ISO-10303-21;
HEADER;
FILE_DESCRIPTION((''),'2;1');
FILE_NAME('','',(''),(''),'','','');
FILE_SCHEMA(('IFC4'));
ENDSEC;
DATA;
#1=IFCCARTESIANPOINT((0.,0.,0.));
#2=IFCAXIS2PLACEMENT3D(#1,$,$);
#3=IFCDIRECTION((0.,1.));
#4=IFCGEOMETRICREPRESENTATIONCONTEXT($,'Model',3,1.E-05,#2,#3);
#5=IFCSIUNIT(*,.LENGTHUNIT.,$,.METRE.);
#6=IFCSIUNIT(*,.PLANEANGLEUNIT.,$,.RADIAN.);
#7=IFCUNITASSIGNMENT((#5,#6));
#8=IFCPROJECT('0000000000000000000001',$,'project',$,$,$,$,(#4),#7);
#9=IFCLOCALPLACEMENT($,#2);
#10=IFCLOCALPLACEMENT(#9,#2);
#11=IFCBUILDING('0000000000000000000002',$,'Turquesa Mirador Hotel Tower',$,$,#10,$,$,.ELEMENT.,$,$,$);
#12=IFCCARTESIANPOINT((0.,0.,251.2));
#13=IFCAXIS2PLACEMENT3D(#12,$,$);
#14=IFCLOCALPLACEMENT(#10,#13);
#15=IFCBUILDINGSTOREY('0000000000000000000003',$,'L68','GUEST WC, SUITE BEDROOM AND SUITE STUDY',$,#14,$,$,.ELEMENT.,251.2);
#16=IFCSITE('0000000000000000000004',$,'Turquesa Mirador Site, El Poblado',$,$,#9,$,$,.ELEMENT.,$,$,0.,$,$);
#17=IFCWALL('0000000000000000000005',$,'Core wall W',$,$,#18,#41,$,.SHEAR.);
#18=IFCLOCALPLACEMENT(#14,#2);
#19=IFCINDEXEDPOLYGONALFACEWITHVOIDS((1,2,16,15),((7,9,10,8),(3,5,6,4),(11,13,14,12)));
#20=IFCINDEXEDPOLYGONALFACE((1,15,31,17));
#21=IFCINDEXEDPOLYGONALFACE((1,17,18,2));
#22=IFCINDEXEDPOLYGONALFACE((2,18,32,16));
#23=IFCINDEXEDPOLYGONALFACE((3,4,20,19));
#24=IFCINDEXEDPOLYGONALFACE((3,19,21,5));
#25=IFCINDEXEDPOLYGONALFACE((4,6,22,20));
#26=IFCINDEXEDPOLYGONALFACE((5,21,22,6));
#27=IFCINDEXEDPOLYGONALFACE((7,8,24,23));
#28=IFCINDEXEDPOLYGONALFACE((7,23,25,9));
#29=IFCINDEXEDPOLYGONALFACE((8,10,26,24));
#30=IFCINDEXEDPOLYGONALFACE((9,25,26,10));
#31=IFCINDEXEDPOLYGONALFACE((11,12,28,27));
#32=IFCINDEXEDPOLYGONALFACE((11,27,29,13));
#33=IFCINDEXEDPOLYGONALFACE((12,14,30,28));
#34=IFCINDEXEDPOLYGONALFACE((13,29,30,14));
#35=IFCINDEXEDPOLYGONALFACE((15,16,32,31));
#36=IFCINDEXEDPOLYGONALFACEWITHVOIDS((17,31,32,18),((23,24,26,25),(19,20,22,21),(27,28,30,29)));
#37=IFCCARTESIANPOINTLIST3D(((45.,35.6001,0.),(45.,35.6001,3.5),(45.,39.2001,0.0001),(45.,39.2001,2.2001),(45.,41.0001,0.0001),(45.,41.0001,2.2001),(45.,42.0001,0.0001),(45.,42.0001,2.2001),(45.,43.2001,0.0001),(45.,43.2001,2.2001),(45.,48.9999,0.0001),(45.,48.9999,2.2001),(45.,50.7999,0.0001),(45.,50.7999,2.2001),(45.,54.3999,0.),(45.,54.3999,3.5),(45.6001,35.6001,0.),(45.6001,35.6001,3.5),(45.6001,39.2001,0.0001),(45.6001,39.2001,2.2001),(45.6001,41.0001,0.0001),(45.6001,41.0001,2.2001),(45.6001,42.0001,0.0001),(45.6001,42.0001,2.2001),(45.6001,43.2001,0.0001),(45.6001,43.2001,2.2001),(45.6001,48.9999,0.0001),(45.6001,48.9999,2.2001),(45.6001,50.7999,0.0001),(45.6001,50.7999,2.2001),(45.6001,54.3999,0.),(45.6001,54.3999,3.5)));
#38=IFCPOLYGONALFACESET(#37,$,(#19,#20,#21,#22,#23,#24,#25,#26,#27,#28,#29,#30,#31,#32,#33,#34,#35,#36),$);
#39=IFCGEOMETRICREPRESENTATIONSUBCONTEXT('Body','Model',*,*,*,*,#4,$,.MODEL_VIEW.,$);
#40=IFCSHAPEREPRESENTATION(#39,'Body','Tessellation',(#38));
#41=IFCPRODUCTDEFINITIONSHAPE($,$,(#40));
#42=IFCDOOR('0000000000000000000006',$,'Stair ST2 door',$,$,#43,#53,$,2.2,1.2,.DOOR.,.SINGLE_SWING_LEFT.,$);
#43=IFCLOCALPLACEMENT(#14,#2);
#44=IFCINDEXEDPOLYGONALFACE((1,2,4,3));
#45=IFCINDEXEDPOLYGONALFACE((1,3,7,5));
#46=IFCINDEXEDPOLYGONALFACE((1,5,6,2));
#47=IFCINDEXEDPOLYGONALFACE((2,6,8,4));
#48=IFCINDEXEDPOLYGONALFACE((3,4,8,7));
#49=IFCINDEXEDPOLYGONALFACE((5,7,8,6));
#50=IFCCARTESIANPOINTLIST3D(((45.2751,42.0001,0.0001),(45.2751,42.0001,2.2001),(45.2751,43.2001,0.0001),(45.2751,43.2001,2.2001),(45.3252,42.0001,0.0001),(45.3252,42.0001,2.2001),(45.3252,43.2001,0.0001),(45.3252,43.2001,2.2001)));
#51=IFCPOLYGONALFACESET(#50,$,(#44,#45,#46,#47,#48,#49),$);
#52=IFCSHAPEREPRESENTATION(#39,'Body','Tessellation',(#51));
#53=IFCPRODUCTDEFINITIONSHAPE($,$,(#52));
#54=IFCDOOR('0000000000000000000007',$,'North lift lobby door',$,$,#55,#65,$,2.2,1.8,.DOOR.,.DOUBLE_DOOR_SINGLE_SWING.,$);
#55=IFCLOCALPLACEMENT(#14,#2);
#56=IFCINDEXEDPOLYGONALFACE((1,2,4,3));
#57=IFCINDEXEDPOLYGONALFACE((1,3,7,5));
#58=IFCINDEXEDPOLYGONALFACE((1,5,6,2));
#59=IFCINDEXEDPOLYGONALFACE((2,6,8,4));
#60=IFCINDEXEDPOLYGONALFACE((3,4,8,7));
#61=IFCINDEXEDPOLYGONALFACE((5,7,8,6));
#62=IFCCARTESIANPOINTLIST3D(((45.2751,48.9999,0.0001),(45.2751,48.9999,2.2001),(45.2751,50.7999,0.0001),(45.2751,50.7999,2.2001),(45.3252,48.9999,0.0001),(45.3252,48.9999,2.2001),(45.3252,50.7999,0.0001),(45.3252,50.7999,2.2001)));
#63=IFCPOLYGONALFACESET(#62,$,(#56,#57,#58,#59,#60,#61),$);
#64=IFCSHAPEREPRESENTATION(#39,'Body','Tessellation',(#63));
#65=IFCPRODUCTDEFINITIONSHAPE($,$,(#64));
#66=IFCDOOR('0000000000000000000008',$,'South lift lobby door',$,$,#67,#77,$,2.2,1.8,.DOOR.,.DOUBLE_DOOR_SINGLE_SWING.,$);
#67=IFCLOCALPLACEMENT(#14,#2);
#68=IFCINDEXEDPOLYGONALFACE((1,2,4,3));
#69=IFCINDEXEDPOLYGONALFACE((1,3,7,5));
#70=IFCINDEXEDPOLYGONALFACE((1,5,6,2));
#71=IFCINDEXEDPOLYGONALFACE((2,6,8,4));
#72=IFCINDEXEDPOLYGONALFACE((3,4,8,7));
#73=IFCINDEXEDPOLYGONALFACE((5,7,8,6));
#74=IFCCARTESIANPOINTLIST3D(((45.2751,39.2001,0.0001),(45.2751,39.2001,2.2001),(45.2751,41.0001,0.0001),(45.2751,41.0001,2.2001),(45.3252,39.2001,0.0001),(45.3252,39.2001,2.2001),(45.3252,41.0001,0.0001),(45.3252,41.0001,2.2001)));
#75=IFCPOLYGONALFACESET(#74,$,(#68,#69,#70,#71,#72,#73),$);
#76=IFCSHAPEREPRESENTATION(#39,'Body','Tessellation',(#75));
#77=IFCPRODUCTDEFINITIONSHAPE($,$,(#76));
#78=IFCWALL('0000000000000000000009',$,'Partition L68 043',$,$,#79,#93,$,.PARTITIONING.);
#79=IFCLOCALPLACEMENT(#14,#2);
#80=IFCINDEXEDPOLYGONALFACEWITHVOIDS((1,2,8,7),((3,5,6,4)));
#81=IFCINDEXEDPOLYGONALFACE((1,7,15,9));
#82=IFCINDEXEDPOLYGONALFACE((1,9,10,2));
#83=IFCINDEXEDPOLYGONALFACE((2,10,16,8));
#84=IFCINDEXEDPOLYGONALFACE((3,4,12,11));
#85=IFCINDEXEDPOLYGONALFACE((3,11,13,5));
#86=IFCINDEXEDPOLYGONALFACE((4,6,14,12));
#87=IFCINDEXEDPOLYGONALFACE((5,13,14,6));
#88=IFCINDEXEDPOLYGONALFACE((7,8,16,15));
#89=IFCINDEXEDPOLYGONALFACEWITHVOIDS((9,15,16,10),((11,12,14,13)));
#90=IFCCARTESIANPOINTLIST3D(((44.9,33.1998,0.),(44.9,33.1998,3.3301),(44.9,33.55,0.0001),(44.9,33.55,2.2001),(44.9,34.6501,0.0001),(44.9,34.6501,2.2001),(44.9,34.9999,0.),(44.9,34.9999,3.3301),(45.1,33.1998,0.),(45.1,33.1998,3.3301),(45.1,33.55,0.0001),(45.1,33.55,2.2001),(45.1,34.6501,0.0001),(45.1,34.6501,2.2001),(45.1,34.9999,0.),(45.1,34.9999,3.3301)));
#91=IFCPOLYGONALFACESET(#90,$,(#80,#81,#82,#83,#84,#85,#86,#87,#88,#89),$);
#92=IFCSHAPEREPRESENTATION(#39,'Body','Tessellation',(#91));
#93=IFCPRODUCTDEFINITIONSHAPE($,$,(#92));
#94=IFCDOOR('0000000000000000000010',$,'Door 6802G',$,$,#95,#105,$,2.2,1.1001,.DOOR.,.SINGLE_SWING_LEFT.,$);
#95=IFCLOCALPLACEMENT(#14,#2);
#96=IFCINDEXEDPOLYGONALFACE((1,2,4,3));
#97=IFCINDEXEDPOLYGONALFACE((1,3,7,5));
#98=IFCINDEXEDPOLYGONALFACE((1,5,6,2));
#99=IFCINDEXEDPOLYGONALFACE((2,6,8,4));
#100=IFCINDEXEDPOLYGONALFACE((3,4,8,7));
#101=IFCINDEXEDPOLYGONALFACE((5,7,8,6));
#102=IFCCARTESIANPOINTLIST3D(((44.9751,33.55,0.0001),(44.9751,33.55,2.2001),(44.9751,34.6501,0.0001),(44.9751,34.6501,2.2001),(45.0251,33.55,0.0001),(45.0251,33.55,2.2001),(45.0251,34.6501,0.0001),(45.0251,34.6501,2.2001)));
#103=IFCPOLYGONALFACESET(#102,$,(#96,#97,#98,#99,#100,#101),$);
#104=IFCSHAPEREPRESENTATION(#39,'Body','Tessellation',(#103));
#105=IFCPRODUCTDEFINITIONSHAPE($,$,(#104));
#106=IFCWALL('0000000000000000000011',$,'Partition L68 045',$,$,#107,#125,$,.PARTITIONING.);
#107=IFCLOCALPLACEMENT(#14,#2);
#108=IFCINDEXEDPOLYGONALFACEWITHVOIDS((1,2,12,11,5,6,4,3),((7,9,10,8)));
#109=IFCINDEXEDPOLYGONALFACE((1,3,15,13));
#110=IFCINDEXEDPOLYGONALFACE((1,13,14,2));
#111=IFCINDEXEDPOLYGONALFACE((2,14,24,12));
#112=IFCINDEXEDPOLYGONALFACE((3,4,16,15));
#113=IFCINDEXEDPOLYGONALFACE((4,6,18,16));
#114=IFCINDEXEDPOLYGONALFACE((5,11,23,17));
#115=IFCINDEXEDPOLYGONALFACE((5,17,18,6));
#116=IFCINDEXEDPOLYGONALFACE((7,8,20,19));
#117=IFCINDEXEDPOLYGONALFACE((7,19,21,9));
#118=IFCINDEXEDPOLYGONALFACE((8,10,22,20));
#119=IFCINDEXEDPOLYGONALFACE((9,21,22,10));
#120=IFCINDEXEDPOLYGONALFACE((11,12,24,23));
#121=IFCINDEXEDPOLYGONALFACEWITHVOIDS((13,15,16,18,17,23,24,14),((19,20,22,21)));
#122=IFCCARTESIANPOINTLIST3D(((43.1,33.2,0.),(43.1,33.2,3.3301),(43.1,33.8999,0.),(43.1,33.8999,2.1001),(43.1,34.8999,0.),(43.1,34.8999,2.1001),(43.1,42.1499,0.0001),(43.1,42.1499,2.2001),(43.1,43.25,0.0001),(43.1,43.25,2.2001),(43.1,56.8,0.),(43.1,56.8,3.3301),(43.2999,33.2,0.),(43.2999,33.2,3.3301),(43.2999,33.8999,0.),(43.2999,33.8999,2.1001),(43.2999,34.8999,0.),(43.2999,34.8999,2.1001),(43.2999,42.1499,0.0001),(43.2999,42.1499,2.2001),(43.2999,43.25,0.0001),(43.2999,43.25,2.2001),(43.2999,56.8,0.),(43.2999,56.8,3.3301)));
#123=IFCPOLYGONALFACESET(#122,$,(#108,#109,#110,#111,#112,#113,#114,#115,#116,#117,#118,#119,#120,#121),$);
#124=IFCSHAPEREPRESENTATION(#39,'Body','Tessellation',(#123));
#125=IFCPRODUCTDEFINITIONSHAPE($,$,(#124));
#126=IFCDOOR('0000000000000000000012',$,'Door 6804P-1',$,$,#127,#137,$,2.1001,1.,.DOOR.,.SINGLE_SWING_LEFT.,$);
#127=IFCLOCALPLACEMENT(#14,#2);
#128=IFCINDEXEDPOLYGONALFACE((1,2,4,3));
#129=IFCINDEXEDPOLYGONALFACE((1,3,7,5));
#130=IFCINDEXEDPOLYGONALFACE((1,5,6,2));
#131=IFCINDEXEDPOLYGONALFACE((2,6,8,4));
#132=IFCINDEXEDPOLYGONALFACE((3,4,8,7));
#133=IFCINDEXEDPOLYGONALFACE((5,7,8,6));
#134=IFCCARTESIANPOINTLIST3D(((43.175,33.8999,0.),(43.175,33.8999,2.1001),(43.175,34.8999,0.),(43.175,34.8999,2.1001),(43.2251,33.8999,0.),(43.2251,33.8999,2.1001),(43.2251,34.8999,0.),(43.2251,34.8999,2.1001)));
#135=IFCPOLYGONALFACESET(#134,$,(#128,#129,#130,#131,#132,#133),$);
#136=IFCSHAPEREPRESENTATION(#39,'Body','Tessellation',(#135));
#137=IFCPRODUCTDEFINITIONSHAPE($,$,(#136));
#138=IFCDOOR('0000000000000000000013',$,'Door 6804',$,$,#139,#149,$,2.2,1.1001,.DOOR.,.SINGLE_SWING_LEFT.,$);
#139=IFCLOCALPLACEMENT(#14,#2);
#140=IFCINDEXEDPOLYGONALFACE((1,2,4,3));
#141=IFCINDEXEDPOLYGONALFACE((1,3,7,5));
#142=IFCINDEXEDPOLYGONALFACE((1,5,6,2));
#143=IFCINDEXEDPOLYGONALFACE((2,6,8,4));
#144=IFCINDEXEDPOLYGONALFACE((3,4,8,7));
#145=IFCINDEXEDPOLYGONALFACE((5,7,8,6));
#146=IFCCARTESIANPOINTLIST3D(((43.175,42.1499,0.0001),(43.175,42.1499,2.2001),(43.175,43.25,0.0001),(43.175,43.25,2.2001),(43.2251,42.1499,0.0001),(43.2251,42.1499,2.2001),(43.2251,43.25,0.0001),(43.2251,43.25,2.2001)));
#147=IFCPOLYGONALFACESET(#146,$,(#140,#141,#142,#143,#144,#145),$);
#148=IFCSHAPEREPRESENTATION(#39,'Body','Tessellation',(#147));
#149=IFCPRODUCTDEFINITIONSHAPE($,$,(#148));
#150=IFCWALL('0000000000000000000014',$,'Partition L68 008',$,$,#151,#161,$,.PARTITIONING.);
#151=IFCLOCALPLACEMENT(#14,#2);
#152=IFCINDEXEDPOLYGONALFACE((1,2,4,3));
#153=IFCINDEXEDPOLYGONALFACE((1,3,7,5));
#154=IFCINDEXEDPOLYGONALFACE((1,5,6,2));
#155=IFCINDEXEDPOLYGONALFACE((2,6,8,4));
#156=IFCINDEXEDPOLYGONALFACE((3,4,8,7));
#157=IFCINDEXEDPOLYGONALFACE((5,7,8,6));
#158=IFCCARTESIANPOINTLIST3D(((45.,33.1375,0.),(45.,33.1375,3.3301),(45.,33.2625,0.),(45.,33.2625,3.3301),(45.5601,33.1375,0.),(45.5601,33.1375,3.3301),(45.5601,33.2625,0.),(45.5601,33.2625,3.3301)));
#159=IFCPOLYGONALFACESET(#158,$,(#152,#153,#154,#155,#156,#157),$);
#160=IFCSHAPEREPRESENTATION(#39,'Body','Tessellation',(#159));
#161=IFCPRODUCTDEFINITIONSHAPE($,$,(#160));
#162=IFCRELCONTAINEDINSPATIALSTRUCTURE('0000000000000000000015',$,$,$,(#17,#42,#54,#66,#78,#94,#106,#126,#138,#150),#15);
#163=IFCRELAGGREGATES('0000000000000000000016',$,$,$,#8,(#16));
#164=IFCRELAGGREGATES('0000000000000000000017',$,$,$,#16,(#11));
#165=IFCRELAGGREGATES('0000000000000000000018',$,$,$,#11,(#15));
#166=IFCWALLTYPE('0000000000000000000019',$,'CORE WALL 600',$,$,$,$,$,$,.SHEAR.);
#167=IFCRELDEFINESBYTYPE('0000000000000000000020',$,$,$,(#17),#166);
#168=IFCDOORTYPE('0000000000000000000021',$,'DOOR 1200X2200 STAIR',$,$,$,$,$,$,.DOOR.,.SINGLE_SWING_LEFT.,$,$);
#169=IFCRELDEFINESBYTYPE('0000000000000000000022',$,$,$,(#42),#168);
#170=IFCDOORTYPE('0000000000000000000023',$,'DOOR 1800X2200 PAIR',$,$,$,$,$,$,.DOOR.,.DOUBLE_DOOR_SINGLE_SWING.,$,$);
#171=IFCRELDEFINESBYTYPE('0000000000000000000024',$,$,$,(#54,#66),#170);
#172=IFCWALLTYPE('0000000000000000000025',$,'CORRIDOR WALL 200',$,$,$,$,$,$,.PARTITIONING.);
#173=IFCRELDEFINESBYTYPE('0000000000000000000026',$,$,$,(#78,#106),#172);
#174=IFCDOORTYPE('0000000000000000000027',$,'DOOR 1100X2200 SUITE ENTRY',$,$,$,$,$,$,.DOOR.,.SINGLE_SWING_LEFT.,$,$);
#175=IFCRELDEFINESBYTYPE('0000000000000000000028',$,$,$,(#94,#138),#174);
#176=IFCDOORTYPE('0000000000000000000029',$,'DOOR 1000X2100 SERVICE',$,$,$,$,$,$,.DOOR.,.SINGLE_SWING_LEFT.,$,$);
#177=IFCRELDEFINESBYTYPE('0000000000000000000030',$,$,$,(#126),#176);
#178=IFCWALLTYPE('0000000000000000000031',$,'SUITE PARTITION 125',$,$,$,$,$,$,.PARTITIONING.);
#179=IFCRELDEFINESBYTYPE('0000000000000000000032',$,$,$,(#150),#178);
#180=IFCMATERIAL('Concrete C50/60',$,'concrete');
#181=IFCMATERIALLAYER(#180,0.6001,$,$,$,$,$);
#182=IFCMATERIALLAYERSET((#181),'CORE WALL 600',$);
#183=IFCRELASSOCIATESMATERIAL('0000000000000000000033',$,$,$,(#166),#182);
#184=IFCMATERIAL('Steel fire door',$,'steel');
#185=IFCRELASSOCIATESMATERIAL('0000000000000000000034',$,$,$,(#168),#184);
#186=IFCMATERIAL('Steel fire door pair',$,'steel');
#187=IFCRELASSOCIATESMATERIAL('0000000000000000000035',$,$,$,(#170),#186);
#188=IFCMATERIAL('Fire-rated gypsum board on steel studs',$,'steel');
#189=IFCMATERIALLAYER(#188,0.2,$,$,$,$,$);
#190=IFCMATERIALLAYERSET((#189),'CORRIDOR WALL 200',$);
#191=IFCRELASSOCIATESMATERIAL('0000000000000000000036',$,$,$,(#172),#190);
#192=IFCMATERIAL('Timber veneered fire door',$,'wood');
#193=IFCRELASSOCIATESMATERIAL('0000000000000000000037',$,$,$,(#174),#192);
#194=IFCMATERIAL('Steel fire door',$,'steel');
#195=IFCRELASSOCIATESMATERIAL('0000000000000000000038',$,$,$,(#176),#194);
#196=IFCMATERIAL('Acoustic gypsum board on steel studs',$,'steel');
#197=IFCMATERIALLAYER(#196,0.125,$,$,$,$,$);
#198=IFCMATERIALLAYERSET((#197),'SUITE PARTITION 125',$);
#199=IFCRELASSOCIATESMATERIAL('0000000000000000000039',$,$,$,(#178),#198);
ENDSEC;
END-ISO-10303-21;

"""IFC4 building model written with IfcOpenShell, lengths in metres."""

from ifc_helpers import new_model, si_unit, direction, frame, frame_2d, origin, place, context, subcontext, project, spatial, rectangle, extrude, material, layer, layer_set, type_object, element, fill, save


model = new_model("IFC4")

# Units and contexts
model_context = context("Model", 3, precision=1e-05, world=origin(), true_north=direction((0.0, 1.0)))
body_context = subcontext(model_context, "Body", "Model", "MODEL_VIEW")
ifc_project = project(units=[si_unit("LENGTHUNIT", "METRE"), si_unit("PLANEANGLEUNIT", "RADIAN")], contexts=[model_context])

# Site, building, storey
site_placement = place(None, origin())
site = spatial("IfcSite", under=ifc_project, at=site_placement, Name="Turquesa Mirador Site, El Poblado", CompositionType="ELEMENT", RefElevation=0.0)
building_placement = place(site_placement, origin())
building = spatial("IfcBuilding", under=site, at=building_placement, Name="Turquesa Mirador Hotel Tower", CompositionType="ELEMENT")
storey_placement = place(building_placement, frame((0.0, 0.0, 251.2)))
storey = spatial("IfcBuildingStorey", under=building, at=storey_placement, Name="L68", Description="GUEST WC, SUITE BEDROOM AND SUITE STUDY", CompositionType="ELEMENT", Elevation=251.2)

# Shared definitions
ifc_material_1 = material(Name="Concrete C50/60", Category="concrete")
ifc_layer_1 = layer(ifc_material_1, 0.6001)
ifc_layer_set_1 = layer_set([ifc_layer_1], Name="CORE WALL 600")
wall_type_1 = type_object("IfcWallType", Name="CORE WALL 600", PredefinedType="SHEAR", material=ifc_layer_set_1)

# Wall, openings, doors
wall_1_placement = place(storey_placement, frame((45.3, 35.6001, 0.0), z_axis=(0.0, 0.0, 1.0), x_axis=(0.0, 1.0, 0.0)))
wall_1 = element("IfcWall", 1, at=wall_1_placement, inside=storey, type_object=wall_type_1, Name="Core wall W", PredefinedType="SHEAR", context=body_context, shape_type="SweptSolid", body=[
    extrude(rectangle(XDim=18.7998, YDim=0.6001, at=frame_2d((9.3999, 0.0))), origin(), (0.0, 0.0, 1.0), 3.5),
])
opening_1_placement = place(wall_1_placement, frame((13.3999, 0.0, 0.0)))
opening_1 = element("IfcOpeningElement", 2, at=opening_1_placement, cuts=wall_1, PredefinedType="OPENING", context=body_context, shape_type="SweptSolid", body=[
    extrude(rectangle(XDim=1.8, YDim=2.2, at=frame_2d((0.8999, 1.1001))), frame((0.0, 0.3101, 0.0), z_axis=(0.0, -1.0, 0.0), x_axis=(1.0, 0.0, 0.0)), (0.0, 0.0, 1.0), 0.6201),
])
opening_2_placement = place(wall_1_placement, frame((3.6001, 0.0, 0.0)))
opening_2 = element("IfcOpeningElement", 3, at=opening_2_placement, cuts=wall_1, PredefinedType="OPENING", context=body_context, shape_type="SweptSolid", body=[
    extrude(rectangle(XDim=1.8, YDim=2.2, at=frame_2d((0.8999, 1.1001))), frame((0.0, 0.3101, 0.0), z_axis=(0.0, -1.0, 0.0), x_axis=(1.0, 0.0, 0.0)), (0.0, 0.0, 1.0), 0.6201),
])
opening_3_placement = place(wall_1_placement, frame((6.3999, 0.0, 0.0)))
opening_3 = element("IfcOpeningElement", 4, at=opening_3_placement, cuts=wall_1, PredefinedType="OPENING", context=body_context, shape_type="SweptSolid", body=[
    extrude(rectangle(XDim=1.2, YDim=2.2, at=frame_2d((0.6001, 1.1001))), frame((0.0, 0.3101, 0.0), z_axis=(0.0, -1.0, 0.0), x_axis=(1.0, 0.0, 0.0)), (0.0, 0.0, 1.0), 0.6201),
])
ifc_material_2 = material(Name="Steel fire door", Category="steel")
door_type_1 = type_object("IfcDoorType", Name="DOOR 1200X2200 STAIR", OperationType="SINGLE_SWING_LEFT", PredefinedType="DOOR", material=ifc_material_2)
door_1_placement = place(opening_3_placement, origin())
door_1 = element("IfcDoor", 5, at=door_1_placement, inside=storey, type_object=door_type_1, Name="Stair ST2 door", OperationType="SINGLE_SWING_LEFT", OverallHeight=2.2, OverallWidth=1.2, PredefinedType="DOOR", context=body_context, shape_type="SweptSolid", body=[
    extrude(rectangle(XDim=1.2, YDim=2.2, at=frame_2d((0.6001, 1.1001))), frame((0.0, 0.0249, 0.0), z_axis=(0.0, -1.0, 0.0), x_axis=(1.0, 0.0, 0.0)), (0.0, 0.0, 1.0), 0.05),
])
fill(opening_3, door_1)
ifc_material_3 = material(Name="Steel fire door pair", Category="steel")
door_type_2 = type_object("IfcDoorType", Name="DOOR 1800X2200 PAIR", OperationType="DOUBLE_DOOR_SINGLE_SWING", PredefinedType="DOOR", material=ifc_material_3)
door_2_placement = place(opening_1_placement, origin())
door_2 = element("IfcDoor", 6, at=door_2_placement, inside=storey, type_object=door_type_2, Name="North lift lobby door", OperationType="DOUBLE_DOOR_SINGLE_SWING", OverallHeight=2.2, OverallWidth=1.8, PredefinedType="DOOR", context=body_context, shape_type="SweptSolid", body=[
    extrude(rectangle(XDim=1.8, YDim=2.2, at=frame_2d((0.8999, 1.1001))), frame((0.0, 0.0249, 0.0), z_axis=(0.0, -1.0, 0.0), x_axis=(1.0, 0.0, 0.0)), (0.0, 0.0, 1.0), 0.05),
])
fill(opening_1, door_2)
door_3_placement = place(opening_2_placement, origin())
door_3 = element("IfcDoor", 7, at=door_3_placement, inside=storey, type_object=door_type_2, Name="South lift lobby door", OperationType="DOUBLE_DOOR_SINGLE_SWING", OverallHeight=2.2, OverallWidth=1.8, PredefinedType="DOOR", context=body_context, shape_type="SweptSolid", body=[
    extrude(rectangle(XDim=1.8, YDim=2.2, at=frame_2d((0.8999, 1.1001))), frame((0.0, 0.0249, 0.0), z_axis=(0.0, -1.0, 0.0), x_axis=(1.0, 0.0, 0.0)), (0.0, 0.0, 1.0), 0.05),
])
fill(opening_2, door_3)

# Wall, opening, door
ifc_material_4 = material(Name="Fire-rated gypsum board on steel studs", Category="steel")
ifc_layer_2 = layer(ifc_material_4, 0.2)
ifc_layer_set_2 = layer_set([ifc_layer_2], Name="CORRIDOR WALL 200")
wall_type_2 = type_object("IfcWallType", Name="CORRIDOR WALL 200", PredefinedType="PARTITIONING", material=ifc_layer_set_2)
wall_2_placement = place(storey_placement, frame((45.0, 33.2, 0.0), z_axis=(0.0, 0.0, 1.0), x_axis=(0.0, 1.0, 0.0)))
wall_2 = element("IfcWall", 8, at=wall_2_placement, inside=storey, type_object=wall_type_2, Name="Partition L68 043", PredefinedType="PARTITIONING", context=body_context, shape_type="SweptSolid", body=[
    extrude(rectangle(XDim=1.8, YDim=0.2, at=frame_2d((0.8999, 0.0))), origin(), (0.0, 0.0, 1.0), 3.3301),
])
opening_4_placement = place(wall_2_placement, frame((0.3501, 0.0, 0.0)))
opening_4 = element("IfcOpeningElement", 9, at=opening_4_placement, cuts=wall_2, PredefinedType="OPENING", context=body_context, shape_type="SweptSolid", body=[
    extrude(rectangle(XDim=1.1001, YDim=2.2, at=frame_2d((0.55, 1.1001))), frame((0.0, 0.1099, 0.0), z_axis=(0.0, -1.0, 0.0), x_axis=(1.0, 0.0, 0.0)), (0.0, 0.0, 1.0), 0.22),
])
ifc_material_5 = material(Name="Timber veneered fire door", Category="wood")
door_type_3 = type_object("IfcDoorType", Name="DOOR 1100X2200 SUITE ENTRY", OperationType="SINGLE_SWING_LEFT", PredefinedType="DOOR", material=ifc_material_5)
door_4_placement = place(opening_4_placement, origin())
door_4 = element("IfcDoor", 10, at=door_4_placement, inside=storey, type_object=door_type_3, Name="Door 6802G", OperationType="SINGLE_SWING_LEFT", OverallHeight=2.2, OverallWidth=1.1001, PredefinedType="DOOR", context=body_context, shape_type="SweptSolid", body=[
    extrude(rectangle(XDim=1.1001, YDim=2.2, at=frame_2d((0.55, 1.1001))), frame((0.0, 0.0249, 0.0), z_axis=(0.0, -1.0, 0.0), x_axis=(1.0, 0.0, 0.0)), (0.0, 0.0, 1.0), 0.05),
])
fill(opening_4, door_4)

# Wall, openings, doors
wall_3_placement = place(storey_placement, frame((43.2, 33.2, 0.0), z_axis=(0.0, 0.0, 1.0), x_axis=(0.0, 1.0, 0.0)))
wall_3 = element("IfcWall", 11, at=wall_3_placement, inside=storey, type_object=wall_type_2, Name="Partition L68 045", PredefinedType="PARTITIONING", context=body_context, shape_type="SweptSolid", body=[
    extrude(rectangle(XDim=23.6001, YDim=0.2, at=frame_2d((11.8, 0.0))), origin(), (0.0, 0.0, 1.0), 3.3301),
])
opening_5_placement = place(wall_3_placement, frame((8.95, 0.0, 0.0)))
opening_5 = element("IfcOpeningElement", 12, at=opening_5_placement, cuts=wall_3, PredefinedType="OPENING", context=body_context, shape_type="SweptSolid", body=[
    extrude(rectangle(XDim=1.1001, YDim=2.2, at=frame_2d((0.55, 1.1001))), frame((0.0, 0.1099, 0.0), z_axis=(0.0, -1.0, 0.0), x_axis=(1.0, 0.0, 0.0)), (0.0, 0.0, 1.0), 0.22),
])
opening_6_placement = place(wall_3_placement, frame((0.7, 0.0, 0.0)))
opening_6 = element("IfcOpeningElement", 13, at=opening_6_placement, cuts=wall_3, PredefinedType="OPENING", context=body_context, shape_type="SweptSolid", body=[
    extrude(rectangle(XDim=1.0, YDim=2.1001, at=frame_2d((0.5, 1.05))), frame((0.0, 0.1099, 0.0), z_axis=(0.0, -1.0, 0.0), x_axis=(1.0, 0.0, 0.0)), (0.0, 0.0, 1.0), 0.22),
])
ifc_material_6 = material(Name="Steel fire door", Category="steel")
door_type_4 = type_object("IfcDoorType", Name="DOOR 1000X2100 SERVICE", OperationType="SINGLE_SWING_LEFT", PredefinedType="DOOR", material=ifc_material_6)
door_5_placement = place(opening_6_placement, origin())
door_5 = element("IfcDoor", 14, at=door_5_placement, inside=storey, type_object=door_type_4, Name="Door 6804P-1", OperationType="SINGLE_SWING_LEFT", OverallHeight=2.1001, OverallWidth=1.0, PredefinedType="DOOR", context=body_context, shape_type="SweptSolid", body=[
    extrude(rectangle(XDim=1.0, YDim=2.1001, at=frame_2d((0.5, 1.05))), frame((0.0, 0.0249, 0.0), z_axis=(0.0, -1.0, 0.0), x_axis=(1.0, 0.0, 0.0)), (0.0, 0.0, 1.0), 0.05),
])
fill(opening_6, door_5)
door_6_placement = place(opening_5_placement, origin())
door_6 = element("IfcDoor", 15, at=door_6_placement, inside=storey, type_object=door_type_3, Name="Door 6804", OperationType="SINGLE_SWING_LEFT", OverallHeight=2.2, OverallWidth=1.1001, PredefinedType="DOOR", context=body_context, shape_type="SweptSolid", body=[
    extrude(rectangle(XDim=1.1001, YDim=2.2, at=frame_2d((0.55, 1.1001))), frame((0.0, 0.0249, 0.0), z_axis=(0.0, -1.0, 0.0), x_axis=(1.0, 0.0, 0.0)), (0.0, 0.0, 1.0), 0.05),
])
fill(opening_5, door_6)

# Wall
ifc_material_7 = material(Name="Acoustic gypsum board on steel studs", Category="steel")
ifc_layer_3 = layer(ifc_material_7, 0.125)
ifc_layer_set_3 = layer_set([ifc_layer_3], Name="SUITE PARTITION 125")
wall_type_3 = type_object("IfcWallType", Name="SUITE PARTITION 125", PredefinedType="PARTITIONING", material=ifc_layer_set_3)
wall_4_placement = place(storey_placement, frame((45.0, 33.2, 0.0), z_axis=(0.0, 0.0, 1.0), x_axis=(1.0, 0.0, 0.0)))
element("IfcWall", 16, at=wall_4_placement, inside=storey, type_object=wall_type_3, Name="Partition L68 008", PredefinedType="PARTITIONING", context=body_context, shape_type="SweptSolid", body=[
    extrude(rectangle(XDim=0.5601, YDim=0.125, at=frame_2d((0.28, 0.0))), origin(), (0.0, 0.0, 1.0), 3.3301),
])

save(model, "model.ifc")
